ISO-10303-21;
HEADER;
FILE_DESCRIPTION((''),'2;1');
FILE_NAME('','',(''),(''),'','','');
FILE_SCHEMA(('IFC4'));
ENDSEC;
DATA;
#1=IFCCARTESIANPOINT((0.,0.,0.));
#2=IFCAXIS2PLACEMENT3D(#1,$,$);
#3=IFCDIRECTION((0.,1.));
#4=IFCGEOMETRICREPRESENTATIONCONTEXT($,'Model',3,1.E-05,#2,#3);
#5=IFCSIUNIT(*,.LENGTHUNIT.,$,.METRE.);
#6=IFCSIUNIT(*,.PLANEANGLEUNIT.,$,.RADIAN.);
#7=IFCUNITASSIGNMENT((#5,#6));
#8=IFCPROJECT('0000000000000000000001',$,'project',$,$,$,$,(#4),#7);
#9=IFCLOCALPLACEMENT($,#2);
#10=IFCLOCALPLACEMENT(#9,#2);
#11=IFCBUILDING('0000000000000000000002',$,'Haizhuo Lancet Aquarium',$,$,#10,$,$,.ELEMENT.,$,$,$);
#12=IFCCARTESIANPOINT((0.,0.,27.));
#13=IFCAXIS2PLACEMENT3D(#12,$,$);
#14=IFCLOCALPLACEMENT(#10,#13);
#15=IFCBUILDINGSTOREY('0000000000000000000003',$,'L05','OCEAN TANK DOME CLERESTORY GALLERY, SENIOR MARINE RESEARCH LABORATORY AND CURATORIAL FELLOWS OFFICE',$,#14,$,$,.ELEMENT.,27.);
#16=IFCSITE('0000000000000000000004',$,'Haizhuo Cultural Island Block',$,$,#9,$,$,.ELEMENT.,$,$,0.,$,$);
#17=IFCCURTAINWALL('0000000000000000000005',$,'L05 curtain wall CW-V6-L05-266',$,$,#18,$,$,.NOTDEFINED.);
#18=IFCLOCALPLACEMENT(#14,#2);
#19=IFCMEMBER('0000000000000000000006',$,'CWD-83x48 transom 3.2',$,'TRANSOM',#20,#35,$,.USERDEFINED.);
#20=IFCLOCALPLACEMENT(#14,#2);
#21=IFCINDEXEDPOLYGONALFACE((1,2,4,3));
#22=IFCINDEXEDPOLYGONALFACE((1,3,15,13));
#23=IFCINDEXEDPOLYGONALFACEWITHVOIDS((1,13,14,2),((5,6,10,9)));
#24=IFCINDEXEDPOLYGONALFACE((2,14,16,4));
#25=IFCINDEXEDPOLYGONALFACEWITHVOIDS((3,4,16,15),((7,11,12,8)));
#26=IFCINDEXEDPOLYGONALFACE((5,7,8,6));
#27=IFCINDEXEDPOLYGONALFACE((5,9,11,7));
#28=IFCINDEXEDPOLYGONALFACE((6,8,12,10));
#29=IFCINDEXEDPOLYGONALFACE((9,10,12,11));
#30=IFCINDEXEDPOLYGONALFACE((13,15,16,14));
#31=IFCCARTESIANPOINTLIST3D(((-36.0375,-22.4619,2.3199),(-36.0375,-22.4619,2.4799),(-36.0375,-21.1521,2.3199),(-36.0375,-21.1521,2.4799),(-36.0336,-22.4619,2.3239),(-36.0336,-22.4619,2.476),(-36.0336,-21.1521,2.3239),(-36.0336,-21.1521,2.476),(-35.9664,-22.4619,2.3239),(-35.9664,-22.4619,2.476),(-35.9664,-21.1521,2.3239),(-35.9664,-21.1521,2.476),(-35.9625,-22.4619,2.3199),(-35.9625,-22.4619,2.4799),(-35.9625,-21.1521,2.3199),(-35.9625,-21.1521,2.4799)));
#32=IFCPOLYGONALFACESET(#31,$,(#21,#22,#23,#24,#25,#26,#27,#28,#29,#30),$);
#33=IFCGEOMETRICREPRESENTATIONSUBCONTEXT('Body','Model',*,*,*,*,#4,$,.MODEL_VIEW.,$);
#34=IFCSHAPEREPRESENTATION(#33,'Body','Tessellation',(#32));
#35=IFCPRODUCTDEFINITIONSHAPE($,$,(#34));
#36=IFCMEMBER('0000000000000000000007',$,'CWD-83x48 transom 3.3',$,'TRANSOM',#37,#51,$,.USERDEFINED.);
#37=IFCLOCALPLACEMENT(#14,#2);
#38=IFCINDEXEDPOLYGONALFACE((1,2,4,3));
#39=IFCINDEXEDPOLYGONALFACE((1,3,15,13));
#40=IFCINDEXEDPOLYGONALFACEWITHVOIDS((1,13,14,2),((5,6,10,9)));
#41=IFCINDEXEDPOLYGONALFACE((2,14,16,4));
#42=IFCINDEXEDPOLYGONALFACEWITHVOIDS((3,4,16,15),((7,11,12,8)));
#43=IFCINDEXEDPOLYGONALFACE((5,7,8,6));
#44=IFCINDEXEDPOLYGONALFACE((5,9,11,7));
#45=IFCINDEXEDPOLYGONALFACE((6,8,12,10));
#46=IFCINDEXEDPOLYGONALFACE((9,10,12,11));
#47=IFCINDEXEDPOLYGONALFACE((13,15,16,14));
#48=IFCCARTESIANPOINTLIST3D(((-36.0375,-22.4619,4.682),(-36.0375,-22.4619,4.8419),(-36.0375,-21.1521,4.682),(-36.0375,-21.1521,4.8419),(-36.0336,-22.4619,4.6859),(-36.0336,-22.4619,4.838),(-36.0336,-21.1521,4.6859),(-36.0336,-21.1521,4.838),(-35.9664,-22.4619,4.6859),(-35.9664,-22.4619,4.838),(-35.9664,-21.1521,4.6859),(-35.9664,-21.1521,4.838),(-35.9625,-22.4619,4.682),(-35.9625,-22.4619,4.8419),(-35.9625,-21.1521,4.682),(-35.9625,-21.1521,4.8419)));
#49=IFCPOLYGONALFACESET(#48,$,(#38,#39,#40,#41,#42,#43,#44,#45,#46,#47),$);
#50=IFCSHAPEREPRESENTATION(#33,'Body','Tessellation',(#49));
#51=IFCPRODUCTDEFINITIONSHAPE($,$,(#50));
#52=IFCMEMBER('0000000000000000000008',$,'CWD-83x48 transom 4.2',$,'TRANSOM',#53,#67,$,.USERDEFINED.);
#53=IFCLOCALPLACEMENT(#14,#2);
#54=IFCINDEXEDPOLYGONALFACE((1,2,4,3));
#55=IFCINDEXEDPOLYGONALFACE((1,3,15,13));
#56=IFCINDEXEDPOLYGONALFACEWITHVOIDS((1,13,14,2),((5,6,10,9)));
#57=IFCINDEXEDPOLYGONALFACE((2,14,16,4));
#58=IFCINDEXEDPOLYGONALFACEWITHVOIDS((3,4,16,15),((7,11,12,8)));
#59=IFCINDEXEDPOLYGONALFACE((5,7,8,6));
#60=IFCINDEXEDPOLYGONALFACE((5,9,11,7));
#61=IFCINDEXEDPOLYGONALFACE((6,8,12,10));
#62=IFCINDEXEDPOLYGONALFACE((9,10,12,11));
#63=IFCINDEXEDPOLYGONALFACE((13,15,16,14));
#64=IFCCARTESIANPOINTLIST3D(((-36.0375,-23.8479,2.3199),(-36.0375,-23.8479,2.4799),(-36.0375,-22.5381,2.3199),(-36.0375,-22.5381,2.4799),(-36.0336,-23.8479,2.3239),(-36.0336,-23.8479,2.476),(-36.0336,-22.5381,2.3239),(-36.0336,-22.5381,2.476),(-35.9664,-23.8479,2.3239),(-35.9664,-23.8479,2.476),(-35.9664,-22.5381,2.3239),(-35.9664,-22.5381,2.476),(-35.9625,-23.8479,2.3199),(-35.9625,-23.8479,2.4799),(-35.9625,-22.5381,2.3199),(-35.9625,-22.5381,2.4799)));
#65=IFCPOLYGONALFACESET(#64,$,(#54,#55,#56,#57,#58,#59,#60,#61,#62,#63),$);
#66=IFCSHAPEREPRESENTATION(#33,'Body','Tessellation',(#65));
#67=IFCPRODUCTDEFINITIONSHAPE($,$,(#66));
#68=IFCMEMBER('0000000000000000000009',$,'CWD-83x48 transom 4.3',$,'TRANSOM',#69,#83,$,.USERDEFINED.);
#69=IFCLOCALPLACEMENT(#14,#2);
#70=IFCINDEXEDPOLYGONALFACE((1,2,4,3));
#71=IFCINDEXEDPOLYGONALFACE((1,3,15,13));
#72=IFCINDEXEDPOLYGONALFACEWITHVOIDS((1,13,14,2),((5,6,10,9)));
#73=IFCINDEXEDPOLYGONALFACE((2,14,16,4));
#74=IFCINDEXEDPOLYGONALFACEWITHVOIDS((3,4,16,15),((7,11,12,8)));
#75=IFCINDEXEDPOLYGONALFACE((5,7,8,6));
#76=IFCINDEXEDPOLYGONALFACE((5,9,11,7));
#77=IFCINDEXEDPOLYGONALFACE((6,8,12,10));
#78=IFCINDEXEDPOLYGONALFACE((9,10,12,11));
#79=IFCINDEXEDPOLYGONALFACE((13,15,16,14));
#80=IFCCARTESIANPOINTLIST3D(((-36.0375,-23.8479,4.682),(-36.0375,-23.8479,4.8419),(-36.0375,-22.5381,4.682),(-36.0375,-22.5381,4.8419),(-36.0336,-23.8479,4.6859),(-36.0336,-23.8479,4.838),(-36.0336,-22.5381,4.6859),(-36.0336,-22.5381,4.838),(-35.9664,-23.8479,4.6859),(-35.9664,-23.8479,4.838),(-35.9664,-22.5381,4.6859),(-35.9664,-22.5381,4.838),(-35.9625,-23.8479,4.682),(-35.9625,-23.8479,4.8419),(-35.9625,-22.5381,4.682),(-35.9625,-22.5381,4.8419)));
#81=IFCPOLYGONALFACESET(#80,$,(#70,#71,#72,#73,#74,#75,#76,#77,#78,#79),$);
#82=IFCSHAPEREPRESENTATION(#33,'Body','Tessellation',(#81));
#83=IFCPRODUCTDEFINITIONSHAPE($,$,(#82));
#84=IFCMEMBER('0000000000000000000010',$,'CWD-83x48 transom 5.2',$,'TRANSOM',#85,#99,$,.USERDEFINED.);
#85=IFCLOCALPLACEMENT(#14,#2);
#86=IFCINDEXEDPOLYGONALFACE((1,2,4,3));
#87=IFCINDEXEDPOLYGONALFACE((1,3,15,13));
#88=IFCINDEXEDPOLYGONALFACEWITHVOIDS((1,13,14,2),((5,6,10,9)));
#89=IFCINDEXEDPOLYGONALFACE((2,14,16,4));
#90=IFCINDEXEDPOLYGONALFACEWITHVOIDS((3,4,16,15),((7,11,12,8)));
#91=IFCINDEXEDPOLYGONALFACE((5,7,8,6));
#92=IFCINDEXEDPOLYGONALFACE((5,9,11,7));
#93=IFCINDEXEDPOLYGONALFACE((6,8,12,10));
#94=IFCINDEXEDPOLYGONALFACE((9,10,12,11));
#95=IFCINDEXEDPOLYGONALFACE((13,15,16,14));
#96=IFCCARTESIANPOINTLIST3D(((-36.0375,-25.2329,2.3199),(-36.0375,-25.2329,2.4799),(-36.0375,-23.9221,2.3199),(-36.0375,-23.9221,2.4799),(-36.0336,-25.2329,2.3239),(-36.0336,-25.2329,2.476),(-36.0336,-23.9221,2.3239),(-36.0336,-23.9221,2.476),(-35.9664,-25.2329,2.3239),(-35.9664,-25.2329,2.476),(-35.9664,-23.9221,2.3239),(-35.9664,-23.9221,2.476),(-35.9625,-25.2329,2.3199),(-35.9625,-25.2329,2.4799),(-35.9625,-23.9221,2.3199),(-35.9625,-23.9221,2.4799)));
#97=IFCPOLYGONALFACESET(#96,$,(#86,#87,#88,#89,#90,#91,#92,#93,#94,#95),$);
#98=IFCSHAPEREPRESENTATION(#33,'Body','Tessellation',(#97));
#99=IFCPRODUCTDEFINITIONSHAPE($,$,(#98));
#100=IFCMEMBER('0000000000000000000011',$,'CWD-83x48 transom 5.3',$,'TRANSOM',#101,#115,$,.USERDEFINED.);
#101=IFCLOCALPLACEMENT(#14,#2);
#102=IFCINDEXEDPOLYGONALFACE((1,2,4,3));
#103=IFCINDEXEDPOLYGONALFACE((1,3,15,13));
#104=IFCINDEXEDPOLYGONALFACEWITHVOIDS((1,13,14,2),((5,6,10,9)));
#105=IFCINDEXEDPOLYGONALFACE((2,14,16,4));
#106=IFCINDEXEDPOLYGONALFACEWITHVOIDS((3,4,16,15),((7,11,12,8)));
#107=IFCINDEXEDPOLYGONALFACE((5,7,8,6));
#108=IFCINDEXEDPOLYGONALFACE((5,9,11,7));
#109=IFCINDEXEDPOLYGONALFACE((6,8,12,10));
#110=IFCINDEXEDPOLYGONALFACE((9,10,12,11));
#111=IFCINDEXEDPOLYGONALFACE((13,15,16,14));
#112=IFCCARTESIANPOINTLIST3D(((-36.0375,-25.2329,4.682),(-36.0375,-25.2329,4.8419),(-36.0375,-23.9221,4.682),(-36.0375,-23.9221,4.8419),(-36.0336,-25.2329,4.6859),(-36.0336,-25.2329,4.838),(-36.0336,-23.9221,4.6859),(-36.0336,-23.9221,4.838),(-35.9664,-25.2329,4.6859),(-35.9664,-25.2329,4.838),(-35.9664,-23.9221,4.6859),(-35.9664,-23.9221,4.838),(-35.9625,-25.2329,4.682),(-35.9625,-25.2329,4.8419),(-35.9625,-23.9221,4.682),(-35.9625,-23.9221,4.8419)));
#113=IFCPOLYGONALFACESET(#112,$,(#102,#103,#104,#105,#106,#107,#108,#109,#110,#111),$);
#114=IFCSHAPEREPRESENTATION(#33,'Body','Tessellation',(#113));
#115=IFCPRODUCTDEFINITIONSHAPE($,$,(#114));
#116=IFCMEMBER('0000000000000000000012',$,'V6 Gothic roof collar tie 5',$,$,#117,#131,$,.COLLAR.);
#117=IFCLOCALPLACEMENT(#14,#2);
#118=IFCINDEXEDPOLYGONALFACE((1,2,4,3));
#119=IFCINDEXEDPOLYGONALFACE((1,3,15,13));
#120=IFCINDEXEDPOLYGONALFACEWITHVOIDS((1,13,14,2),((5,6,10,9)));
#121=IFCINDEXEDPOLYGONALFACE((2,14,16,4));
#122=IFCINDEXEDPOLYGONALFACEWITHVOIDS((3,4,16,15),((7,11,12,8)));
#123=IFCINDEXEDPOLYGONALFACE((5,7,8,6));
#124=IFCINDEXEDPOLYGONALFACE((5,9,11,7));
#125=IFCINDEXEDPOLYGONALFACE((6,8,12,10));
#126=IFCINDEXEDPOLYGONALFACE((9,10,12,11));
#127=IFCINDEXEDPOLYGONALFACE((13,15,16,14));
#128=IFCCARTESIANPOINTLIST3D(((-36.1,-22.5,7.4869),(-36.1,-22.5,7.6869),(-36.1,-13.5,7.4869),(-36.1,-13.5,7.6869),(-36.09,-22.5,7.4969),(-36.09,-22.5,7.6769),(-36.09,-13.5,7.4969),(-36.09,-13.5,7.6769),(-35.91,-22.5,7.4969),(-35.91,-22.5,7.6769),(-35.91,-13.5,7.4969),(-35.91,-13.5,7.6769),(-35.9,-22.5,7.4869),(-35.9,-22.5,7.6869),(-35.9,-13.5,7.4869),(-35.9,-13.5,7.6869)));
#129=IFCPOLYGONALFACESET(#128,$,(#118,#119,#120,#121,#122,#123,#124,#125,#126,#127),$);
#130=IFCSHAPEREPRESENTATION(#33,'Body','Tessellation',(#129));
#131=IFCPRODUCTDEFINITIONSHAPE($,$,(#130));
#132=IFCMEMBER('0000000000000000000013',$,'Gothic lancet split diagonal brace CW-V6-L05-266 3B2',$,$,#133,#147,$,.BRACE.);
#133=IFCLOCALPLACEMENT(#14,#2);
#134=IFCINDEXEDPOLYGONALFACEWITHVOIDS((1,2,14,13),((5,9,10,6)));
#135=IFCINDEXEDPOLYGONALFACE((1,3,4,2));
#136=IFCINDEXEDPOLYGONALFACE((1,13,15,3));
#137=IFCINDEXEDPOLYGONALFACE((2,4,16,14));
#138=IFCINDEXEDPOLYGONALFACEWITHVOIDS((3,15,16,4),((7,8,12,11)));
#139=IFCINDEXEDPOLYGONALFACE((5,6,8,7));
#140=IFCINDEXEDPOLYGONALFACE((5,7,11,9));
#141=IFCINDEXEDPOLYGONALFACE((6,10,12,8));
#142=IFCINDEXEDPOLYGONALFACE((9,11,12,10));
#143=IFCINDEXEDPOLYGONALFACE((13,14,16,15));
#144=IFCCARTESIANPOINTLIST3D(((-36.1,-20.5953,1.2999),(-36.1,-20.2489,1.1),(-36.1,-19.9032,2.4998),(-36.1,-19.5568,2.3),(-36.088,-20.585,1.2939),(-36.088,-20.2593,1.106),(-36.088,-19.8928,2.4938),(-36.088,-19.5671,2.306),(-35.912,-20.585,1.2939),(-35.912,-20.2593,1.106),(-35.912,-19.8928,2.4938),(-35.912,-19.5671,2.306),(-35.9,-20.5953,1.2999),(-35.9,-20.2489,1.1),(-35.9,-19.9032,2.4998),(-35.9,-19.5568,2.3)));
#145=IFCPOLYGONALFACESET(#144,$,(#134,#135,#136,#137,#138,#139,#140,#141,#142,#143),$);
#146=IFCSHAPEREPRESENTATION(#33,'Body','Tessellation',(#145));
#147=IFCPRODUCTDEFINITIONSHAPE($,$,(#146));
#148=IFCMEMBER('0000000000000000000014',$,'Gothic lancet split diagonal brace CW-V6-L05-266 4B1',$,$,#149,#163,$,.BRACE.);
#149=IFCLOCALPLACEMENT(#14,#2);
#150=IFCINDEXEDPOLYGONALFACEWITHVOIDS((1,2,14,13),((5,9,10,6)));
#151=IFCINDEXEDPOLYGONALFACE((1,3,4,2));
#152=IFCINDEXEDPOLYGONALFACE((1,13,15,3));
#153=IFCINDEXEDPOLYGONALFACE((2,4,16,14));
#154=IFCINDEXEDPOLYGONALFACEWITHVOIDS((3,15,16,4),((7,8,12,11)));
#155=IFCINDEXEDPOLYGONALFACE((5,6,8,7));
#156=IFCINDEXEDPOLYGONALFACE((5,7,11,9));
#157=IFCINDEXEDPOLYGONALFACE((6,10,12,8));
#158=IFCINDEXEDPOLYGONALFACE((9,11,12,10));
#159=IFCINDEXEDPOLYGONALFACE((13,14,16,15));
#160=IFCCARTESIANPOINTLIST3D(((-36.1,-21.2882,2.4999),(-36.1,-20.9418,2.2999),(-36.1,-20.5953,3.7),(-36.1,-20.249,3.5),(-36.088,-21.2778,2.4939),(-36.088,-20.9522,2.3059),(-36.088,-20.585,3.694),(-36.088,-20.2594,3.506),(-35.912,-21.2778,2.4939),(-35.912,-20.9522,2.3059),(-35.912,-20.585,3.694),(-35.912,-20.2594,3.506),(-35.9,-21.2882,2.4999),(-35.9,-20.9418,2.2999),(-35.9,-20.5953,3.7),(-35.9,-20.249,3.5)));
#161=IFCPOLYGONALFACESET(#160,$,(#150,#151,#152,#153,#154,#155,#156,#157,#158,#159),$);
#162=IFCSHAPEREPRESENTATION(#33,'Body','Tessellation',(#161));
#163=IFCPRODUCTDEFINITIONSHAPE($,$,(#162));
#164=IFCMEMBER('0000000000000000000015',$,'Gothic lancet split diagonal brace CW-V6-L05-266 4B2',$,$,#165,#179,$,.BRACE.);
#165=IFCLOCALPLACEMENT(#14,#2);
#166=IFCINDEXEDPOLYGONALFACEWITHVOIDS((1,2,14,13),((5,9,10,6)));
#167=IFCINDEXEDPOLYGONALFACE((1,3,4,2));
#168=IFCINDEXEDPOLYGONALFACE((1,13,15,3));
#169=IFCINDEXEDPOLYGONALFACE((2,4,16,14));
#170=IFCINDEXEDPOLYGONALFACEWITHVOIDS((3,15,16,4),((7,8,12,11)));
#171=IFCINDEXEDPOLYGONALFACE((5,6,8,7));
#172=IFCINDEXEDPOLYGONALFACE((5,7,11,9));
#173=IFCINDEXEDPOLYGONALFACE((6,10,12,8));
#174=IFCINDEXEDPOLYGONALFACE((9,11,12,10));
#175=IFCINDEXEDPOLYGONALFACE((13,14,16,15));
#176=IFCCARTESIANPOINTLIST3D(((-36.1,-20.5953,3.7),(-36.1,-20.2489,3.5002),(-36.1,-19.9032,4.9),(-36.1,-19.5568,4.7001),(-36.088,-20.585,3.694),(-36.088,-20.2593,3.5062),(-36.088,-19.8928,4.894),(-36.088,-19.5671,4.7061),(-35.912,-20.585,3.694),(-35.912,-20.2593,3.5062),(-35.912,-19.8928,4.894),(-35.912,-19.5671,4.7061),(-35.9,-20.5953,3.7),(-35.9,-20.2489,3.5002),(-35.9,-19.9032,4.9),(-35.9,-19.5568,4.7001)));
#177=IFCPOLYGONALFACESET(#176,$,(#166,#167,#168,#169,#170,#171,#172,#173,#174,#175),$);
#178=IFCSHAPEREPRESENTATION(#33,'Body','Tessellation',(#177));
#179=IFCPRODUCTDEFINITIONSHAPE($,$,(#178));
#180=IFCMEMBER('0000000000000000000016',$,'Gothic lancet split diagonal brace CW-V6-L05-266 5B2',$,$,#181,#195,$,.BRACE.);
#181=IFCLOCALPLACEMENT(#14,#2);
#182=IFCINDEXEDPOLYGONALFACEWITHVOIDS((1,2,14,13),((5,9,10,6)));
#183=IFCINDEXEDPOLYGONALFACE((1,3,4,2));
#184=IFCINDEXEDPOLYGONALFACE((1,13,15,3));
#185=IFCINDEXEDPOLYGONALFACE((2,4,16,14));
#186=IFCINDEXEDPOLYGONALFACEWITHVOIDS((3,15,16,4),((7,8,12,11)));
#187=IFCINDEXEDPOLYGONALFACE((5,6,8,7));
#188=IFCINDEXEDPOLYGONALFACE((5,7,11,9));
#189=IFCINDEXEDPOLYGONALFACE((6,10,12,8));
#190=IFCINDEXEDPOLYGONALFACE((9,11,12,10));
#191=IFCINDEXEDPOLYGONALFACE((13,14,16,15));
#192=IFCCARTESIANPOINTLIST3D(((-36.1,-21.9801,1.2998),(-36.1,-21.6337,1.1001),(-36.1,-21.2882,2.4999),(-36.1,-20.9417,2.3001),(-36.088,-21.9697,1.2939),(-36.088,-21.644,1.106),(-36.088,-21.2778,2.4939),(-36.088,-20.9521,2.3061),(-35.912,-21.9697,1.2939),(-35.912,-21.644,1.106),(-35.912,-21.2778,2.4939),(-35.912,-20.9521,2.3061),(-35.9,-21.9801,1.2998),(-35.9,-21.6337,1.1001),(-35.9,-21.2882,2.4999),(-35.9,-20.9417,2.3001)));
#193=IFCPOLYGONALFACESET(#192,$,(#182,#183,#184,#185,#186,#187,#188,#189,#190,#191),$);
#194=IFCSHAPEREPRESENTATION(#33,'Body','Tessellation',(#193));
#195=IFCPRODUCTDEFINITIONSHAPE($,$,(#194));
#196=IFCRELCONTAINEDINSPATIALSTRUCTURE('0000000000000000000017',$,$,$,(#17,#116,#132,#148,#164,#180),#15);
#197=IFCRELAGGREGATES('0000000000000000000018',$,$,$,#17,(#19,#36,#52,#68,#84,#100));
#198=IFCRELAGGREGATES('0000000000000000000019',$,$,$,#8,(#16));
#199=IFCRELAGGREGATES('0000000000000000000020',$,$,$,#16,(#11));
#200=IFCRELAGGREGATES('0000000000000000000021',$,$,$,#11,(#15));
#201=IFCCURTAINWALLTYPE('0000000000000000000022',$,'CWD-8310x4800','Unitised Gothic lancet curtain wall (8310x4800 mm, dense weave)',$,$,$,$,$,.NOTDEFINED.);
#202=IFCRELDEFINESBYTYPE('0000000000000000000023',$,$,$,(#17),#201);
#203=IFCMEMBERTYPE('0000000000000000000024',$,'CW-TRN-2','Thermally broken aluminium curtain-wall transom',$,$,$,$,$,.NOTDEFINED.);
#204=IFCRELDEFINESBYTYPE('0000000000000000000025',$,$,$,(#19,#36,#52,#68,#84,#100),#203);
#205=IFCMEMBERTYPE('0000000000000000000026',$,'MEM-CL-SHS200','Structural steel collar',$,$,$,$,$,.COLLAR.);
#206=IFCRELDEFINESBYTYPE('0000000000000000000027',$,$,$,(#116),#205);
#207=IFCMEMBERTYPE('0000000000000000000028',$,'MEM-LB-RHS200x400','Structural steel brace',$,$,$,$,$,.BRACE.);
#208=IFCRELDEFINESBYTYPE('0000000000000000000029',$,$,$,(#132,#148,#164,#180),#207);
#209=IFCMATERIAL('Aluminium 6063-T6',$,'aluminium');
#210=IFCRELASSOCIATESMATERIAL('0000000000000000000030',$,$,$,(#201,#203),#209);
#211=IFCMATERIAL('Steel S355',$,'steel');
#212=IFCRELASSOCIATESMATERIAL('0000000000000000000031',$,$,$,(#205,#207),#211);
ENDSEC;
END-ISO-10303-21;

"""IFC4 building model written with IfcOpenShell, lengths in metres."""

from ifc_helpers import new_model, si_unit, direction, frame, origin, origin_2d, place, context, subcontext, project, spatial, hollow_rectangle, extrude, material, material_profile, profile_set, type_object, element, aggregate, save


model = new_model("IFC4")

# Units and contexts
model_context = context("Model", 3, precision=1e-05, world=origin(), true_north=direction((0.0, 1.0)))
body_context = subcontext(model_context, "Body", "Model", "MODEL_VIEW")
ifc_project = project(units=[si_unit("LENGTHUNIT", "METRE"), si_unit("PLANEANGLEUNIT", "RADIAN")], contexts=[model_context])

# Site, building, storey
site_placement = place(None, origin())
site = spatial("IfcSite", under=ifc_project, at=site_placement, Name="Haizhuo Cultural Island Block", CompositionType="ELEMENT", RefElevation=0.0)
building_placement = place(site_placement, origin())
building = spatial("IfcBuilding", under=site, at=building_placement, Name="Haizhuo Lancet Aquarium", CompositionType="ELEMENT")
storey_placement = place(building_placement, frame((0.0, 0.0, 27.0)))
storey = spatial("IfcBuildingStorey", under=building, at=storey_placement, Name="L05", Description="OCEAN TANK DOME CLERESTORY GALLERY, SENIOR MARINE RESEARCH LABORATORY AND CURATORIAL FELLOWS OFFICE", CompositionType="ELEMENT", Elevation=27.0)

# Curtain wall, members
ifc_material_1 = material(Name="Aluminium 6063-T6", Category="aluminium")
curtain_wall_type = type_object("IfcCurtainWallType", Name="CWD-8310x4800", Description="Unitised Gothic lancet curtain wall (8310x4800 mm, dense weave)", PredefinedType="NOTDEFINED", material=ifc_material_1)
curtain_wall_placement = place(storey_placement, origin())
curtain_wall = element("IfcCurtainWall", 1, at=curtain_wall_placement, inside=storey, type_object=curtain_wall_type, Name="L05 curtain wall CW-V6-L05-266", PredefinedType="NOTDEFINED")
ifc_material_profile_1 = material_profile(ifc_material_1, hollow_rectangle(XDim=0.075, YDim=0.1599, WallThickness=0.0039, at=origin_2d()), Name="ALU-T 75x160x4")
ifc_profile_set_1 = profile_set([ifc_material_profile_1], Name="Aluminium 6063-T6")
member_type_1 = type_object("IfcMemberType", Name="CW-TRN-2", Description="Thermally broken aluminium curtain-wall transom", PredefinedType="NOTDEFINED", material=ifc_profile_set_1)
member_1_placement = place(storey_placement, frame((-36.0, -21.1521, 2.3999), z_axis=(0.0, -1.0, 0.0), x_axis=(1.0, 0.0, 0.0)))
member_1 = element("IfcMember", 2, at=member_1_placement, type_object=member_type_1, Name="CWD-83x48 transom 3.2", ObjectType="TRANSOM", PredefinedType="USERDEFINED", context=body_context, shape_type="SweptSolid", body=[
    extrude(hollow_rectangle(XDim=0.075, YDim=0.1599, WallThickness=0.0039, at=origin_2d()), origin(), (0.0, 0.0, 1.0), 1.3098),
])
member_2_placement = place(storey_placement, frame((-36.0, -21.1521, 4.762), z_axis=(0.0, -1.0, 0.0), x_axis=(1.0, 0.0, 0.0)))
member_2 = element("IfcMember", 3, at=member_2_placement, type_object=member_type_1, Name="CWD-83x48 transom 3.3", ObjectType="TRANSOM", PredefinedType="USERDEFINED", context=body_context, shape_type="SweptSolid", body=[
    extrude(hollow_rectangle(XDim=0.075, YDim=0.1599, WallThickness=0.0039, at=origin_2d()), origin(), (0.0, 0.0, 1.0), 1.3098),
])
member_3_placement = place(storey_placement, frame((-36.0, -22.5381, 2.3999), z_axis=(0.0, -1.0, 0.0), x_axis=(1.0, 0.0, 0.0)))
member_3 = element("IfcMember", 4, at=member_3_placement, type_object=member_type_1, Name="CWD-83x48 transom 4.2", ObjectType="TRANSOM", PredefinedType="USERDEFINED", context=body_context, shape_type="SweptSolid", body=[
    extrude(hollow_rectangle(XDim=0.075, YDim=0.1599, WallThickness=0.0039, at=origin_2d()), origin(), (0.0, 0.0, 1.0), 1.3098),
])
member_4_placement = place(storey_placement, frame((-36.0, -22.5381, 4.762), z_axis=(0.0, -1.0, 0.0), x_axis=(1.0, 0.0, 0.0)))
member_4 = element("IfcMember", 5, at=member_4_placement, type_object=member_type_1, Name="CWD-83x48 transom 4.3", ObjectType="TRANSOM", PredefinedType="USERDEFINED", context=body_context, shape_type="SweptSolid", body=[
    extrude(hollow_rectangle(XDim=0.075, YDim=0.1599, WallThickness=0.0039, at=origin_2d()), origin(), (0.0, 0.0, 1.0), 1.3098),
])
member_5_placement = place(storey_placement, frame((-36.0, -23.9221, 2.3999), z_axis=(0.0, -1.0, 0.0), x_axis=(1.0, 0.0, 0.0)))
member_5 = element("IfcMember", 6, at=member_5_placement, type_object=member_type_1, Name="CWD-83x48 transom 5.2", ObjectType="TRANSOM", PredefinedType="USERDEFINED", context=body_context, shape_type="SweptSolid", body=[
    extrude(hollow_rectangle(XDim=0.075, YDim=0.1599, WallThickness=0.0039, at=origin_2d()), origin(), (0.0, 0.0, 1.0), 1.3108),
])
member_6_placement = place(storey_placement, frame((-36.0, -23.9221, 4.762), z_axis=(0.0, -1.0, 0.0), x_axis=(1.0, 0.0, 0.0)))
member_6 = element("IfcMember", 7, at=member_6_placement, type_object=member_type_1, Name="CWD-83x48 transom 5.3", ObjectType="TRANSOM", PredefinedType="USERDEFINED", context=body_context, shape_type="SweptSolid", body=[
    extrude(hollow_rectangle(XDim=0.075, YDim=0.1599, WallThickness=0.0039, at=origin_2d()), origin(), (0.0, 0.0, 1.0), 1.3108),
])

# Members
ifc_material_2 = material(Name="Steel S355", Category="steel")
ifc_material_profile_2 = material_profile(ifc_material_2, hollow_rectangle(XDim=0.2, YDim=0.2, WallThickness=0.01, at=origin_2d()), Name="SHS 200x200x10")
ifc_profile_set_2 = profile_set([ifc_material_profile_2], Name="Steel S355")
member_type_2 = type_object("IfcMemberType", Name="MEM-CL-SHS200", Description="Structural steel collar", PredefinedType="COLLAR", material=ifc_profile_set_2)
member_7_placement = place(storey_placement, frame((-36.0, -22.5, 7.5869), z_axis=(0.0, 1.0, 0.0), x_axis=(-1.0, 0.0, 0.0)))
element("IfcMember", 8, at=member_7_placement, inside=storey, type_object=member_type_2, Name="V6 Gothic roof collar tie 5", PredefinedType="COLLAR", context=body_context, shape_type="SweptSolid", body=[
    extrude(hollow_rectangle(XDim=0.2, YDim=0.2, WallThickness=0.01, at=origin_2d()), origin(), (0.0, 0.0, 1.0), 9.0),
])
ifc_material_profile_3 = material_profile(ifc_material_2, hollow_rectangle(XDim=0.2, YDim=0.3999, WallThickness=0.012, at=origin_2d()), Name="RHS 200x400x12")
ifc_profile_set_3 = profile_set([ifc_material_profile_3], Name="Steel S355")
member_type_3 = type_object("IfcMemberType", Name="MEM-LB-RHS200x400", Description="Structural steel brace", PredefinedType="BRACE", material=ifc_profile_set_3)
member_8_placement = place(storey_placement, frame((-36.0, -20.4221, 1.2), z_axis=(0.0, 0.499646, 0.86623), x_axis=(-1.0, 0.0, 0.0)))
element("IfcMember", 9, at=member_8_placement, inside=storey, type_object=member_type_3, Name="Gothic lancet split diagonal brace CW-V6-L05-266 3B2", PredefinedType="BRACE", context=body_context, shape_type="SweptSolid", body=[
    extrude(hollow_rectangle(XDim=0.2, YDim=0.3999, WallThickness=0.012, at=origin_2d()), origin(), (0.0, 0.0, 1.0), 1.3853),
])
member_9_placement = place(storey_placement, frame((-36.0, -21.115, 2.3999), z_axis=(0.0, 0.499966, 0.866045), x_axis=(-1.0, 0.0, 0.0)))
element("IfcMember", 10, at=member_9_placement, inside=storey, type_object=member_type_3, Name="Gothic lancet split diagonal brace CW-V6-L05-266 4B1", PredefinedType="BRACE", context=body_context, shape_type="SweptSolid", body=[
    extrude(hollow_rectangle(XDim=0.2, YDim=0.3999, WallThickness=0.012, at=origin_2d()), origin(), (0.0, 0.0, 1.0), 1.3857),
])
for number, where, z_axis, x_axis, name in (
    (11, (-36.0, -20.4221, 3.6001), (0.0, 0.499646, 0.86623), (-1.0, 0.0, 0.0), "Gothic lancet split diagonal brace CW-V6-L05-266 4B2"),
    (12, (-36.0, -21.8069, 1.2), (0.0, 0.499514, 0.866306), (-1.0, 0.0, 0.0), "Gothic lancet split diagonal brace CW-V6-L05-266 5B2"),
):
    element("IfcMember", number, at=place(storey_placement, frame(where, z_axis=z_axis, x_axis=x_axis)), inside=storey, type_object=member_type_3, Name=name, PredefinedType="BRACE", context=body_context, shape_type="SweptSolid", body=[
        extrude(hollow_rectangle(XDim=0.2, YDim=0.3999, WallThickness=0.012, at=origin_2d()), origin(), (0.0, 0.0, 1.0), 1.3853),
    ])

aggregate(curtain_wall, [member_1, member_2, member_3, member_4, member_5, member_6])

save(model, "model.ifc")
